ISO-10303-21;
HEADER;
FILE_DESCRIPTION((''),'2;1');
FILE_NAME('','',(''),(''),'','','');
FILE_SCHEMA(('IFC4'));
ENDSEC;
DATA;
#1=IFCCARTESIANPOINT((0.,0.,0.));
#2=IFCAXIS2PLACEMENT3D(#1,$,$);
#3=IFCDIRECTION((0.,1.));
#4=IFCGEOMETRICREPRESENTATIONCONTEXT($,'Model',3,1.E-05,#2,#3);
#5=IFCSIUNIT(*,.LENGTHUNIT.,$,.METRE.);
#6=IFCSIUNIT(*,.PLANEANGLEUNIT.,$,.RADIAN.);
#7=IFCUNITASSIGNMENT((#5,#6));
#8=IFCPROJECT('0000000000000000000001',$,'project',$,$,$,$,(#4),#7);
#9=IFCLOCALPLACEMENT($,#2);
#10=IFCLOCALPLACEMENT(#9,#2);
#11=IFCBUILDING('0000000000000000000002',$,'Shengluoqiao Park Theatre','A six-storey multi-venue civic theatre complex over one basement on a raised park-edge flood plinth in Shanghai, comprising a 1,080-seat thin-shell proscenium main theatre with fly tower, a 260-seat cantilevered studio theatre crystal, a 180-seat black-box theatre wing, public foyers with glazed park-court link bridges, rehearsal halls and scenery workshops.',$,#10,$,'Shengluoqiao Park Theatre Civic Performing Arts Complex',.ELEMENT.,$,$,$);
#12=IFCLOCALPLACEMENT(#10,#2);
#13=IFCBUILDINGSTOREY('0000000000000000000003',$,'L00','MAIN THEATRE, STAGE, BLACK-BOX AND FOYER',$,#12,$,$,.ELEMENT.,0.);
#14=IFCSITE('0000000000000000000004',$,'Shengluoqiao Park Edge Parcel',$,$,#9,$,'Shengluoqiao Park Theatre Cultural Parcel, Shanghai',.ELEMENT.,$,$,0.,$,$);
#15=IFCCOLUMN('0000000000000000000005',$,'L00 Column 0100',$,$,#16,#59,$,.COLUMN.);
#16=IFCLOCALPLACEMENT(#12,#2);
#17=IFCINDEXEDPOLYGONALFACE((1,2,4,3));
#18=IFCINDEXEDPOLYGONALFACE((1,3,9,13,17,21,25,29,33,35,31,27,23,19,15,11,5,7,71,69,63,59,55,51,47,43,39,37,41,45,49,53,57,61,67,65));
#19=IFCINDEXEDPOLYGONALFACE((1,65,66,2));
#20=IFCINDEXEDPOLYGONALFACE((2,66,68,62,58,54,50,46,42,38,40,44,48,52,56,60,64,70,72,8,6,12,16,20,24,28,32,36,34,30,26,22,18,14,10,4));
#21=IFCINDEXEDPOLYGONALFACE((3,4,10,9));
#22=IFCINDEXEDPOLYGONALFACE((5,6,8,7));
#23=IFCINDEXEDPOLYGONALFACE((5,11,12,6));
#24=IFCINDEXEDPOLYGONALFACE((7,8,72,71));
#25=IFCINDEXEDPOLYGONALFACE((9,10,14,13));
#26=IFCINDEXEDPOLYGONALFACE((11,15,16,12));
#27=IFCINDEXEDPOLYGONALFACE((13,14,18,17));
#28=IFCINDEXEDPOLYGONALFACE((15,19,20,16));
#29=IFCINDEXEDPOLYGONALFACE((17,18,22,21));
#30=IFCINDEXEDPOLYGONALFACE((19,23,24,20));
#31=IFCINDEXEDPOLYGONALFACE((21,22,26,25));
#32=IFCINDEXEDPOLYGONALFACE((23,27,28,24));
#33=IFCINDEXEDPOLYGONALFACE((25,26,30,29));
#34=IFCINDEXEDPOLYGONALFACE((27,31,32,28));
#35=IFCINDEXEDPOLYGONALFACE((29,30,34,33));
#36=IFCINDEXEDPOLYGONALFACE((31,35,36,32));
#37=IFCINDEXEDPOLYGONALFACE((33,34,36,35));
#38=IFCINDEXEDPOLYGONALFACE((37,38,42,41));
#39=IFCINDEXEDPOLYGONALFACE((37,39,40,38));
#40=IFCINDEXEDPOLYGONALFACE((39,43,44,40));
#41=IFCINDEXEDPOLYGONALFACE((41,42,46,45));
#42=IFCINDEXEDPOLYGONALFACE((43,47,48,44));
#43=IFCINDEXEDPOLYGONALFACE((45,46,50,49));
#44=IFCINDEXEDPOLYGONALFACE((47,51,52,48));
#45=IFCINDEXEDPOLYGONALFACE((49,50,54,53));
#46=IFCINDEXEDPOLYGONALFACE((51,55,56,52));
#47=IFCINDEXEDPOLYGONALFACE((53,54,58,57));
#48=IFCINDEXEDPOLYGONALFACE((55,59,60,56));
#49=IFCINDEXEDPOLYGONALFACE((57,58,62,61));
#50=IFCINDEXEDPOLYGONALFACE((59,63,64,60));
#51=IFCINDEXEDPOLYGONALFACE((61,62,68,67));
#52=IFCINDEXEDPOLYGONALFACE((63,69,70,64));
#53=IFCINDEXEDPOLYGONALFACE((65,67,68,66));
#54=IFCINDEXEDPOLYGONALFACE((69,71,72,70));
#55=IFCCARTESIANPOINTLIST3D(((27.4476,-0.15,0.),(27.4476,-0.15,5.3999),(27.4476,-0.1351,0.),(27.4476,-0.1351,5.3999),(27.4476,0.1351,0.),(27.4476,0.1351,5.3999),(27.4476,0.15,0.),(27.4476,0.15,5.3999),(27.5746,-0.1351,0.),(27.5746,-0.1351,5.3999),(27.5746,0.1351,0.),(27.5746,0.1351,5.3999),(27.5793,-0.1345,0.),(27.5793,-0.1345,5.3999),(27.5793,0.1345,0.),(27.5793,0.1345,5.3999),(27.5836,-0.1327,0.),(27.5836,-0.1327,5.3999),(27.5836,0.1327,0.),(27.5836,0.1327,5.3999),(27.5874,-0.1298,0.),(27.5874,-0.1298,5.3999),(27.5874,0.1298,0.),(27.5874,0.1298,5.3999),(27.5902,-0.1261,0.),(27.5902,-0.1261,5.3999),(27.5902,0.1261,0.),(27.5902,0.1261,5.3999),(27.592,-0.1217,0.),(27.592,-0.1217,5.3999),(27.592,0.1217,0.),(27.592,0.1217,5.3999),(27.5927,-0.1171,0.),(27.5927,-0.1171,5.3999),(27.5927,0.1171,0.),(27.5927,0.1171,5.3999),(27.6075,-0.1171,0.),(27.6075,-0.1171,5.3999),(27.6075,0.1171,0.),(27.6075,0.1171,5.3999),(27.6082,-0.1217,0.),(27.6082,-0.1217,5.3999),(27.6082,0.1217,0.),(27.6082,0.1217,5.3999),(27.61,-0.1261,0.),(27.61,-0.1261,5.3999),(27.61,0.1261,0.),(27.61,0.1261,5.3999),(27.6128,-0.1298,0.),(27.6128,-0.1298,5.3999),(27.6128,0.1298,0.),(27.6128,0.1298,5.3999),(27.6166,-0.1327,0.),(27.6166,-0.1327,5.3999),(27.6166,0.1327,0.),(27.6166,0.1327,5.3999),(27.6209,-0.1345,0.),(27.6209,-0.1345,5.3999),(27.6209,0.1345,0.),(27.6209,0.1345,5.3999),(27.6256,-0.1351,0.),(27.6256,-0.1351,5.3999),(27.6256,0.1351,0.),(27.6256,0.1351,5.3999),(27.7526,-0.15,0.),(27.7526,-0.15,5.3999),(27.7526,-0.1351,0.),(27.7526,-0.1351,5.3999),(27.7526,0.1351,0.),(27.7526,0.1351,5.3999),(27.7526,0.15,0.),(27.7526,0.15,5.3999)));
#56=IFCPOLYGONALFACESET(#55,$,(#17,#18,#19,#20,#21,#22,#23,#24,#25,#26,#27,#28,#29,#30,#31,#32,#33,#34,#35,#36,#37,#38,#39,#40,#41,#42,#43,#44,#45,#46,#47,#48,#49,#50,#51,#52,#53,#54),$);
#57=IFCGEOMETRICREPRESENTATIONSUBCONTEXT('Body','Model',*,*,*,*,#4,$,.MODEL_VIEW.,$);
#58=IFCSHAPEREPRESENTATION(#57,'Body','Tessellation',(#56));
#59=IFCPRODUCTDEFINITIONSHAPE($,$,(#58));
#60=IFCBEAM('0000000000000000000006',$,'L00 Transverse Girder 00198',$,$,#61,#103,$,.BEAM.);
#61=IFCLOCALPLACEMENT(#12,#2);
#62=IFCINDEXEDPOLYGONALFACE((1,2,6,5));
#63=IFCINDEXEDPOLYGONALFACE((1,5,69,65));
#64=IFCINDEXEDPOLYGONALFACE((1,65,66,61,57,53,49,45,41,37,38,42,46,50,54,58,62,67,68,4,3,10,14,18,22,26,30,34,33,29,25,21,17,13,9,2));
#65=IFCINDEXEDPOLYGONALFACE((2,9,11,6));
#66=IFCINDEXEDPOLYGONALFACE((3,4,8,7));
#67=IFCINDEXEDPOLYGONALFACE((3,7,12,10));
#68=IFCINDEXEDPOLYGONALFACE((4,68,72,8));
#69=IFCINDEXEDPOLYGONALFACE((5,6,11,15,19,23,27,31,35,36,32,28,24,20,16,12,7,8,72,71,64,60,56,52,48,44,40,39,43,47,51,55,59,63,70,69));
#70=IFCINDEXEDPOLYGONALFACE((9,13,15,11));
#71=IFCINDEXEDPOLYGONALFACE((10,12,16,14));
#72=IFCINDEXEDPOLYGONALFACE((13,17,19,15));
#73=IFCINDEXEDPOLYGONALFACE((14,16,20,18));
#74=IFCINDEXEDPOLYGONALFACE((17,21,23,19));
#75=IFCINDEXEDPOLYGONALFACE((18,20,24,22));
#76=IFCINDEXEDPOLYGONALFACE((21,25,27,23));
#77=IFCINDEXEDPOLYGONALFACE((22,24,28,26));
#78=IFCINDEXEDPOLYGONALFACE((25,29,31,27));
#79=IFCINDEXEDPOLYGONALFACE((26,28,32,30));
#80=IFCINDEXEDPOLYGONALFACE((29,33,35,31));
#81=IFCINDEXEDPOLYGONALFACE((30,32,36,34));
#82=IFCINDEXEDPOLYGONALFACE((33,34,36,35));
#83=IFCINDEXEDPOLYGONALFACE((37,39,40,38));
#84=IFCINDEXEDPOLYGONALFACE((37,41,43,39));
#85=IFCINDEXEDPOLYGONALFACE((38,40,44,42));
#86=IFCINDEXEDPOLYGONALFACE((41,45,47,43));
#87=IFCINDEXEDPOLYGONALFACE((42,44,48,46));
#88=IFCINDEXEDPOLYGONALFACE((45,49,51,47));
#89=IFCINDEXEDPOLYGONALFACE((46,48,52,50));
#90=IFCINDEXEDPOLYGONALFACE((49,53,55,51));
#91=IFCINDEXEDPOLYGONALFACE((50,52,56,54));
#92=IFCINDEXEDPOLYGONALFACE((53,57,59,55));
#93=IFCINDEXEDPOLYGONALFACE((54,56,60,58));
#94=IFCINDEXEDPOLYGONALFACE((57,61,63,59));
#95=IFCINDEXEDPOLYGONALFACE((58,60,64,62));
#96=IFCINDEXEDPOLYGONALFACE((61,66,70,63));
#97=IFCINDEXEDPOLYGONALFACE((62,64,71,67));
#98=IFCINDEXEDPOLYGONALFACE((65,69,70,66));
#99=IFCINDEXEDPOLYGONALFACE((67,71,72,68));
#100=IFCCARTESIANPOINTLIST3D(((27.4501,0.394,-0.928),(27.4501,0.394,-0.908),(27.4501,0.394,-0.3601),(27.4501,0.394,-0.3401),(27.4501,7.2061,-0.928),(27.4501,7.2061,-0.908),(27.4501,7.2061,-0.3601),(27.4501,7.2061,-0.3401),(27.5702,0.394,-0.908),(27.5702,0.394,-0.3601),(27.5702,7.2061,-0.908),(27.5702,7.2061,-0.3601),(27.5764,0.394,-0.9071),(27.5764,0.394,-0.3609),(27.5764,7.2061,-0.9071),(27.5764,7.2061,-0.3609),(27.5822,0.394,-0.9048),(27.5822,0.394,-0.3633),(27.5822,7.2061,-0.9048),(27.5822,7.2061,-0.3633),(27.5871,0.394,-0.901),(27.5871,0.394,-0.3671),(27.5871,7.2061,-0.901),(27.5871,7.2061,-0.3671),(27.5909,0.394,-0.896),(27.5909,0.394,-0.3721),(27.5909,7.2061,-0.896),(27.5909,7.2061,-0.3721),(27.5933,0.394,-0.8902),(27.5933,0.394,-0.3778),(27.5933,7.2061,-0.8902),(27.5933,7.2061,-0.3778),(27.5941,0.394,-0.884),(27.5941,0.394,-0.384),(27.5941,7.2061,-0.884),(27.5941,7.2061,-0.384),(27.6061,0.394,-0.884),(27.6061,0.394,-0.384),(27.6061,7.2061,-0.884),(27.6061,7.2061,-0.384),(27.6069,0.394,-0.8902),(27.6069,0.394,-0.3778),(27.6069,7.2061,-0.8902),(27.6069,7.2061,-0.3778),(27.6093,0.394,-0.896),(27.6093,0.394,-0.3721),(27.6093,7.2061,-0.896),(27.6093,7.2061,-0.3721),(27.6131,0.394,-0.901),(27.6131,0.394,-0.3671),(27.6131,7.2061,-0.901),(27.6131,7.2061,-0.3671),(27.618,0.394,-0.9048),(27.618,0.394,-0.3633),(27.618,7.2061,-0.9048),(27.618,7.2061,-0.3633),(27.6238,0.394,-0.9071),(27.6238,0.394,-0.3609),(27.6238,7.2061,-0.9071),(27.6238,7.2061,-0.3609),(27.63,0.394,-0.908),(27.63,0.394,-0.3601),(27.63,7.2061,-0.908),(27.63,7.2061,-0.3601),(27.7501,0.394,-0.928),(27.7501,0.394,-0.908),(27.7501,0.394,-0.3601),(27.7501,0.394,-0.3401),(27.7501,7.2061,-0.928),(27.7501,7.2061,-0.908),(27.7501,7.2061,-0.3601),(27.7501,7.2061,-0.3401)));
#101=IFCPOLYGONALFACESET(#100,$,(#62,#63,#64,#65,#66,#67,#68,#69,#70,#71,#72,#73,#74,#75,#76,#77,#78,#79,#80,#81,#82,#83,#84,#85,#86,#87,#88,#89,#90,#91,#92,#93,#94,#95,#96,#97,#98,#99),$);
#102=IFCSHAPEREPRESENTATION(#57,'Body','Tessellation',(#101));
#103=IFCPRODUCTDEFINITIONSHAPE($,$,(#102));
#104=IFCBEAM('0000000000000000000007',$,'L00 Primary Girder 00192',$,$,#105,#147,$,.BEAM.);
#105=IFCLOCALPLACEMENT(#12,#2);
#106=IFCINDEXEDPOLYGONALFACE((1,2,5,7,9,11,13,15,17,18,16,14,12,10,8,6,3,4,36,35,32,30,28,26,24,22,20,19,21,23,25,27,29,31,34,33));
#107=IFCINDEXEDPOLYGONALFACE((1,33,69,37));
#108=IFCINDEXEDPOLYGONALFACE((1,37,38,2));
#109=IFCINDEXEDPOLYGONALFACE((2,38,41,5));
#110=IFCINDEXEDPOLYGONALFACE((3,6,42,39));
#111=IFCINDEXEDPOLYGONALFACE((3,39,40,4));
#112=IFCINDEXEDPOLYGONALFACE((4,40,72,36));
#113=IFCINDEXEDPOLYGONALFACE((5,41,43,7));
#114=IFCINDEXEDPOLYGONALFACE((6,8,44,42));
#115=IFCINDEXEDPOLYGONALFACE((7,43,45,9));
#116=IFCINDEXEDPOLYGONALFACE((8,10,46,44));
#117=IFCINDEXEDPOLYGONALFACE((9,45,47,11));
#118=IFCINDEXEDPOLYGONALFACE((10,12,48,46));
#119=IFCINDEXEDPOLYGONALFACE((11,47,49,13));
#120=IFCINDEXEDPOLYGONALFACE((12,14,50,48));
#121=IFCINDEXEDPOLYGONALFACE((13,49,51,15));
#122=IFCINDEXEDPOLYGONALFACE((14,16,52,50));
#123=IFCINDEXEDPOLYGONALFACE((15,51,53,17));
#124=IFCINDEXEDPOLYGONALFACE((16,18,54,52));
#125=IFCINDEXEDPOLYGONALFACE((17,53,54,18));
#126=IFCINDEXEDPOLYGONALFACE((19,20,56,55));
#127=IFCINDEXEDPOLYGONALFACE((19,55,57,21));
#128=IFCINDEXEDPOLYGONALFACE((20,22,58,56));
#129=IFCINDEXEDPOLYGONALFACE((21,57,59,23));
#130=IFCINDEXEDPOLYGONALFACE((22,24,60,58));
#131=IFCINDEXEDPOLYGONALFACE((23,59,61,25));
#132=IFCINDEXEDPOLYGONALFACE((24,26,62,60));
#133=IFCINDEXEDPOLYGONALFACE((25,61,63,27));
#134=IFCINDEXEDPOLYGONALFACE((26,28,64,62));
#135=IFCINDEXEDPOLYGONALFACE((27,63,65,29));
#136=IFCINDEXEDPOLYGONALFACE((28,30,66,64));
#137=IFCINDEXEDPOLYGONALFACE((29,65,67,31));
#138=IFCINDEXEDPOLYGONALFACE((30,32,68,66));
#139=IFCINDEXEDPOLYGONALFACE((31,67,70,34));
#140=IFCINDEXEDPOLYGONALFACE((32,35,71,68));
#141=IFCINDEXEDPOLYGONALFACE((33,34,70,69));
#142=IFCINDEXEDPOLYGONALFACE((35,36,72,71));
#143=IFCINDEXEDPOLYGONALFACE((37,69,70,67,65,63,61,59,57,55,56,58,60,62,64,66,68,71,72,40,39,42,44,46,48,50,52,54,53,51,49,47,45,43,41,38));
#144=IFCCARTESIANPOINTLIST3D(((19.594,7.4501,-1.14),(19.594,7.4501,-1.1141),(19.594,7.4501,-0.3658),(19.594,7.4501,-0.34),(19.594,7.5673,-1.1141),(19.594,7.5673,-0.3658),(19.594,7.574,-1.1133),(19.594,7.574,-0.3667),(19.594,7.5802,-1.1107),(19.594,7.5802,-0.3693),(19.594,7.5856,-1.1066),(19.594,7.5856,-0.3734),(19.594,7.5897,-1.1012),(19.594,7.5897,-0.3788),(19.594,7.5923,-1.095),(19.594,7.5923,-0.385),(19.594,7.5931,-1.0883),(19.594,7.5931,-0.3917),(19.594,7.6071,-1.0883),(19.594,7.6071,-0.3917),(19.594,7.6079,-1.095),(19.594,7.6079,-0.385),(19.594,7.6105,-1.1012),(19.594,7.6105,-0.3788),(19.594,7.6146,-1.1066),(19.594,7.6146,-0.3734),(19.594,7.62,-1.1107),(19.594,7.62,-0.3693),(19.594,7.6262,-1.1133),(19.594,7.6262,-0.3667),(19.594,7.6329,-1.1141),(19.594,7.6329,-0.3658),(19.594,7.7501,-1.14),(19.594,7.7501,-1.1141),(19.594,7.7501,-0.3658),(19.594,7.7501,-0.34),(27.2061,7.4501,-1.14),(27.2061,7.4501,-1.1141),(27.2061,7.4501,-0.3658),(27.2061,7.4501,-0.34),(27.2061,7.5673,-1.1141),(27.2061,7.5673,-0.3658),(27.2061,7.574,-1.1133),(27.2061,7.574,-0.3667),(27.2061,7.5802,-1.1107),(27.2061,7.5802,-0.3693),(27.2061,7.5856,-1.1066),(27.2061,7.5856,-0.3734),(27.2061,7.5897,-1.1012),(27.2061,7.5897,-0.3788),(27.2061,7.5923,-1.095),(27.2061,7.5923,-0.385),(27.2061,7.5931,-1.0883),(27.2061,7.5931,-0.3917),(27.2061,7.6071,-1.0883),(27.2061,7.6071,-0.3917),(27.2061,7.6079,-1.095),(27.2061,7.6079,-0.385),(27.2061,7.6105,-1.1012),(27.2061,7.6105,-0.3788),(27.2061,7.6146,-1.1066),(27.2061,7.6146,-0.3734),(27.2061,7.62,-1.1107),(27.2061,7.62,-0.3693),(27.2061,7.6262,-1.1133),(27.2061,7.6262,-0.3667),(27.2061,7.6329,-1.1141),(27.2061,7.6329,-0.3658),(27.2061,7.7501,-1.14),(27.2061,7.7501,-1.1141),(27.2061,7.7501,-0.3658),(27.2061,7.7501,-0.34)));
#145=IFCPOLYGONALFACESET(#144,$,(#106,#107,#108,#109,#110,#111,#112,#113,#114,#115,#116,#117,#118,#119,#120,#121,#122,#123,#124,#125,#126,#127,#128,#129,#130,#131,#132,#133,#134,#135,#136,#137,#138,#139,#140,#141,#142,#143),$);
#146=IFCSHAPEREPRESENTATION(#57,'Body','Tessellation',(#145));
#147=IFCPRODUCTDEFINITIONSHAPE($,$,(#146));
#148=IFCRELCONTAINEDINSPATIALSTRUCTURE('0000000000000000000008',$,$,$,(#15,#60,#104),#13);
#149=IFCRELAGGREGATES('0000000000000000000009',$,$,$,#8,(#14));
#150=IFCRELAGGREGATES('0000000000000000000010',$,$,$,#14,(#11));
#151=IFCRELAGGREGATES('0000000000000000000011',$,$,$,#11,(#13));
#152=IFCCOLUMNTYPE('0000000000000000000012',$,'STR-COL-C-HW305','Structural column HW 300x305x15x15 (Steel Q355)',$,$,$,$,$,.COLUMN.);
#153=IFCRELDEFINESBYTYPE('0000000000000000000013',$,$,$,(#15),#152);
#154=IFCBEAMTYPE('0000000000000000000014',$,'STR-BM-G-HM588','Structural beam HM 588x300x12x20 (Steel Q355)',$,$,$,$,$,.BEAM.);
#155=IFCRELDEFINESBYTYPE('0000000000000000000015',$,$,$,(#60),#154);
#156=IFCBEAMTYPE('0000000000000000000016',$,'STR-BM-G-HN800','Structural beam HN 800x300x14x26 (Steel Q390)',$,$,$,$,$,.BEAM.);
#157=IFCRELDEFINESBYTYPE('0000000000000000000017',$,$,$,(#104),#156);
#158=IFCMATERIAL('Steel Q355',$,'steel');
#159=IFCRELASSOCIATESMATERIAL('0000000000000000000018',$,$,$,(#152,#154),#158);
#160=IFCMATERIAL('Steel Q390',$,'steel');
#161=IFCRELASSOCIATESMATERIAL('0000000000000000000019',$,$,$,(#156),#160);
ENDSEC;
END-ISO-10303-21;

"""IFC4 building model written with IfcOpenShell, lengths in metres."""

from ifc_helpers import new_model, si_unit, direction, frame, origin, origin_2d, place, context, subcontext, project, spatial, i_section, extrude, material, material_profile, profile_set, type_object, element, save


model = new_model("IFC4")

# Units and contexts
model_context = context("Model", 3, precision=1e-05, world=origin(), true_north=direction((0.0, 1.0)))
body_context = subcontext(model_context, "Body", "Model", "MODEL_VIEW")
ifc_project = project(units=[si_unit("LENGTHUNIT", "METRE"), si_unit("PLANEANGLEUNIT", "RADIAN")], contexts=[model_context])

# Site, building, storey
site_placement = place(None, origin())
site = spatial("IfcSite", under=ifc_project, at=site_placement, Name="Shengluoqiao Park Edge Parcel", LongName="Shengluoqiao Park Theatre Cultural Parcel, Shanghai", CompositionType="ELEMENT", RefElevation=0.0)
building_placement = place(site_placement, origin())
building = spatial("IfcBuilding", under=site, at=building_placement, Name="Shengluoqiao Park Theatre", Description="A six-storey multi-venue civic theatre complex over one basement on a raised park-edge flood plinth in Shanghai, comprising a 1,080-seat thin-shell proscenium main theatre with fly tower, a 260-seat cantilevered studio theatre crystal, a 180-seat black-box theatre wing, public foyers with glazed park-court link bridges, rehearsal halls and scenery workshops.", LongName="Shengluoqiao Park Theatre Civic Performing Arts Complex", CompositionType="ELEMENT")
storey_placement = place(building_placement, origin())
storey = spatial("IfcBuildingStorey", under=building, at=storey_placement, Name="L00", Description="MAIN THEATRE, STAGE, BLACK-BOX AND FOYER", CompositionType="ELEMENT", Elevation=0.0)

# Column
ifc_material_1 = material(Name="Steel Q355", Category="steel")
ifc_material_profile_1 = material_profile(ifc_material_1, i_section(OverallWidth=0.3049, OverallDepth=0.3, WebThickness=0.0149, FlangeThickness=0.0149, FilletRadius=0.0181, at=origin_2d()), Name="HW 300x305x15x15")
ifc_profile_set_1 = profile_set([ifc_material_profile_1], Name="Steel Q355")
column_type = type_object("IfcColumnType", Name="STR-COL-C-HW305", Description="Structural column HW 300x305x15x15 (Steel Q355)", PredefinedType="COLUMN", material=ifc_profile_set_1)
column_placement = place(storey_placement, frame((27.6001, 0.0, 0.0), z_axis=(0.0, 0.0, 1.0), x_axis=(1.0, 0.0, 0.0)))
element("IfcColumn", 1, at=column_placement, inside=storey, type_object=column_type, Name="L00 Column 0100", PredefinedType="COLUMN", context=body_context, shape_type="SweptSolid", body=[
    extrude(i_section(OverallWidth=0.3049, OverallDepth=0.3, WebThickness=0.0149, FlangeThickness=0.0149, FilletRadius=0.0181, at=origin_2d()), origin(), (0.0, 0.0, 1.0), 5.3999),
])

# Beams
ifc_material_profile_2 = material_profile(ifc_material_1, i_section(OverallWidth=0.3, OverallDepth=0.5879, WebThickness=0.012, FlangeThickness=0.02, FilletRadius=0.0239, at=origin_2d()), Name="HM 588x300x12x20")
ifc_profile_set_2 = profile_set([ifc_material_profile_2], Name="Steel Q355")
beam_type_1 = type_object("IfcBeamType", Name="STR-BM-G-HM588", Description="Structural beam HM 588x300x12x20 (Steel Q355)", PredefinedType="BEAM", material=ifc_profile_set_2)
beam_1_placement = place(storey_placement, frame((27.6001, 0.394, -0.634), z_axis=(0.0, 1.0, 0.0), x_axis=(-1.0, 0.0, 0.0)))
element("IfcBeam", 2, at=beam_1_placement, inside=storey, type_object=beam_type_1, Name="L00 Transverse Girder 00198", PredefinedType="BEAM", context=body_context, shape_type="SweptSolid", body=[
    extrude(i_section(OverallWidth=0.3, OverallDepth=0.5879, WebThickness=0.012, FlangeThickness=0.02, FilletRadius=0.0239, at=origin_2d()), origin(), (0.0, 0.0, 1.0), 6.812),
])
ifc_material_2 = material(Name="Steel Q390", Category="steel")
ifc_material_profile_3 = material_profile(ifc_material_2, i_section(OverallWidth=0.3, OverallDepth=0.8, WebThickness=0.0139, FlangeThickness=0.0259, FilletRadius=0.0259, at=origin_2d()), Name="HN 800x300x14x26")
ifc_profile_set_3 = profile_set([ifc_material_profile_3], Name="Steel Q390")
beam_type_2 = type_object("IfcBeamType", Name="STR-BM-G-HN800", Description="Structural beam HN 800x300x14x26 (Steel Q390)", PredefinedType="BEAM", material=ifc_profile_set_3)
beam_2_placement = place(storey_placement, frame((19.594, 7.6001, -0.74), z_axis=(1.0, 0.0, 0.0), x_axis=(0.0, 1.0, 0.0)))
element("IfcBeam", 3, at=beam_2_placement, inside=storey, type_object=beam_type_2, Name="L00 Primary Girder 00192", PredefinedType="BEAM", context=body_context, shape_type="SweptSolid", body=[
    extrude(i_section(OverallWidth=0.3, OverallDepth=0.8, WebThickness=0.0139, FlangeThickness=0.0259, FilletRadius=0.0259, at=origin_2d()), origin(), (0.0, 0.0, 1.0), 7.6121),
])

save(model, "model.ifc")
